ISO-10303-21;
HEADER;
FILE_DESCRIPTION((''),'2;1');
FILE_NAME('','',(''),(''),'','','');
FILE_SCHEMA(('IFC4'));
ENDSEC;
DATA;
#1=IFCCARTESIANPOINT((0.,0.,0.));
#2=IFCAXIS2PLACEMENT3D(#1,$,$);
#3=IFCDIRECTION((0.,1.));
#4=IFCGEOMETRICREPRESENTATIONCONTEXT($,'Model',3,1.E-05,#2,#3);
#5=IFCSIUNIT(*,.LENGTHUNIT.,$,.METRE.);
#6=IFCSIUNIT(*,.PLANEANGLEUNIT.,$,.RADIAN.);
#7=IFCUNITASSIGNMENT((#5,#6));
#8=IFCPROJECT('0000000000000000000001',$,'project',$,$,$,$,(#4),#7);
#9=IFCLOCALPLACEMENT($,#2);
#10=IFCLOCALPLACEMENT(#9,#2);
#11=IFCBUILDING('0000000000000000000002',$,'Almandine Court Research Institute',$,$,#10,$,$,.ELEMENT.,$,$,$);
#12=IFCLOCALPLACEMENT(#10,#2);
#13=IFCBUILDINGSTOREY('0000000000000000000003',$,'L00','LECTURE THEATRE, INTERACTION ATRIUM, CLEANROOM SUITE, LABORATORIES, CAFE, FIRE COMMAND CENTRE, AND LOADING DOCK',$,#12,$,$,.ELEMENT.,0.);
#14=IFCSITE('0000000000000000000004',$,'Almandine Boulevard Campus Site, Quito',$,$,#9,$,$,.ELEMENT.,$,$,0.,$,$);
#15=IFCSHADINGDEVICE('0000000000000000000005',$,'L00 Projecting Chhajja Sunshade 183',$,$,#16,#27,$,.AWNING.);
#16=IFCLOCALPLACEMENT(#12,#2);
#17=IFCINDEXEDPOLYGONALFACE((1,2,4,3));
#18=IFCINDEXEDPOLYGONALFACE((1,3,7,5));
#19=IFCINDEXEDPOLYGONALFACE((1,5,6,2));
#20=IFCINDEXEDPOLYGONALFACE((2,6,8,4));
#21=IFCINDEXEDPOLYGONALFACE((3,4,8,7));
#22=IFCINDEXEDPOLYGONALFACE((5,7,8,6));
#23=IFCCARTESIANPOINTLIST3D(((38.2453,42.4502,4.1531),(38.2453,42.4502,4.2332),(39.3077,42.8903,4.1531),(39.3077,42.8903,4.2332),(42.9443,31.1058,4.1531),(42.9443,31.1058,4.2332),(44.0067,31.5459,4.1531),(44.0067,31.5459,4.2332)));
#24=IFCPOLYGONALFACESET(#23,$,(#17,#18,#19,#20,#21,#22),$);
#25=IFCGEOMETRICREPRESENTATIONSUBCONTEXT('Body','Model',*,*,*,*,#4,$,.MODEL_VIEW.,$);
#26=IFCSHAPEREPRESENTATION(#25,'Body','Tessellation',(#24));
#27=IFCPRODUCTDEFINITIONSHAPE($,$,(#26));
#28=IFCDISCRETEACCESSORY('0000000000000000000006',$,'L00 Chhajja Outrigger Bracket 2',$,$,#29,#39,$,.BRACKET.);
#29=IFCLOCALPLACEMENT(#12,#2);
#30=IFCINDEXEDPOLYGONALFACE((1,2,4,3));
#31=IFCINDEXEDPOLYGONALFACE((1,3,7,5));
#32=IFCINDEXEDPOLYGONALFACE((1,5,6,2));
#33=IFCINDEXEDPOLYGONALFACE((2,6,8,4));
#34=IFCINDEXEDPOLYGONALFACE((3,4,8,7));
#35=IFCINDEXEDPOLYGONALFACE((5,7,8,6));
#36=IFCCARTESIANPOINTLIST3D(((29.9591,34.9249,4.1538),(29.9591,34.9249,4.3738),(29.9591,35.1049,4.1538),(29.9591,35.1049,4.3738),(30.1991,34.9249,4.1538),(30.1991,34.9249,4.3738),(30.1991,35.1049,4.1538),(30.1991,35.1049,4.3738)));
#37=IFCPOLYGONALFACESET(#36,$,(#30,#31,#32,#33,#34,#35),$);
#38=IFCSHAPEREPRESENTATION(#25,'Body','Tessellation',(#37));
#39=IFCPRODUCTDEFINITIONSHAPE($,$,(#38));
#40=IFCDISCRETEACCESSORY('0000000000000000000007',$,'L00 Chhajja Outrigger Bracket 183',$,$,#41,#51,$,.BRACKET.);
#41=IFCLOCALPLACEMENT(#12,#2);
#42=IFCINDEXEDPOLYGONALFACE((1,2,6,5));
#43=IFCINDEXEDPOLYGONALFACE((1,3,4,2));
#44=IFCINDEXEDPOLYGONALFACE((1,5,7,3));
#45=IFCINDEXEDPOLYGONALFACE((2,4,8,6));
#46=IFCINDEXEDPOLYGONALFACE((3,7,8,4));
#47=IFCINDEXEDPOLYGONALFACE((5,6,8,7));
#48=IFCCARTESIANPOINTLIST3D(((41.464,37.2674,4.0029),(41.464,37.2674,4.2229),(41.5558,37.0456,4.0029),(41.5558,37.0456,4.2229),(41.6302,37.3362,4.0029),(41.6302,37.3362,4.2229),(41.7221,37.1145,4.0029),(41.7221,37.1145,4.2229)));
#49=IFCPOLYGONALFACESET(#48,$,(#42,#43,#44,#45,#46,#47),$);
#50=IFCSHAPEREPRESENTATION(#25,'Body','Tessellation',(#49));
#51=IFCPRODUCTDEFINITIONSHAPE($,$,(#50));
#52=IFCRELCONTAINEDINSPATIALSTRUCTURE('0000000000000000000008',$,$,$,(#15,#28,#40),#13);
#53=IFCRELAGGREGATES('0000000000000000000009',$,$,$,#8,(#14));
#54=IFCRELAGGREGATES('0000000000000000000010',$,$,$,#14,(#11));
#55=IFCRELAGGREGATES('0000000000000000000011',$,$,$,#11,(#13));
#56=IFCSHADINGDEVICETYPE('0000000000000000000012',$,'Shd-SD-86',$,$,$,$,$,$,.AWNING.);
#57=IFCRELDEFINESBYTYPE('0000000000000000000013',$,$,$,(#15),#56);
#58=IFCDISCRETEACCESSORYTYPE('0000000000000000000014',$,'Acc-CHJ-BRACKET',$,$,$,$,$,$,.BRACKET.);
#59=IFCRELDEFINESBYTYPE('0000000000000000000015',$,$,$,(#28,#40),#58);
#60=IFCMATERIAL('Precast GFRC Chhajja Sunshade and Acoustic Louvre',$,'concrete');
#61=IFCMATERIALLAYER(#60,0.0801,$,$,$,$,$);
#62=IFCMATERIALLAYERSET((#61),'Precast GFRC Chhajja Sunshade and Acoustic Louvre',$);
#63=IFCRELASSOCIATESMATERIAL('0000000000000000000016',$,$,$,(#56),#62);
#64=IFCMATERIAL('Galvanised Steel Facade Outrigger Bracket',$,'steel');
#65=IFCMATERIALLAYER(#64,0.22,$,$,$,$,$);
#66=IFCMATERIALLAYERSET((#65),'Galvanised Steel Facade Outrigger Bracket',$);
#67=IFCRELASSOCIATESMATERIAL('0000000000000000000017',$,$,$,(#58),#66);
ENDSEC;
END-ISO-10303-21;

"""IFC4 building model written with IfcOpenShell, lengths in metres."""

from ifc_helpers import new_model, si_unit, direction, frame, origin, origin_2d, place, context, subcontext, project, spatial, rectangle, extrude, material, layer, layer_set, type_object, element, save


model = new_model("IFC4")

# Units and contexts
model_context = context("Model", 3, precision=1e-05, world=origin(), true_north=direction((0.0, 1.0)))
body_context = subcontext(model_context, "Body", "Model", "MODEL_VIEW")
ifc_project = project(units=[si_unit("LENGTHUNIT", "METRE"), si_unit("PLANEANGLEUNIT", "RADIAN")], contexts=[model_context])

# Site, building, storey
site_placement = place(None, origin())
site = spatial("IfcSite", under=ifc_project, at=site_placement, Name="Almandine Boulevard Campus Site, Quito", CompositionType="ELEMENT", RefElevation=0.0)
building_placement = place(site_placement, origin())
building = spatial("IfcBuilding", under=site, at=building_placement, Name="Almandine Court Research Institute", CompositionType="ELEMENT")
storey_placement = place(building_placement, origin())
storey = spatial("IfcBuildingStorey", under=building, at=storey_placement, Name="L00", Description="LECTURE THEATRE, INTERACTION ATRIUM, CLEANROOM SUITE, LABORATORIES, CAFE, FIRE COMMAND CENTRE, AND LOADING DOCK", CompositionType="ELEMENT", Elevation=0.0)

# Shading device
ifc_material_1 = material(Name="Precast GFRC Chhajja Sunshade and Acoustic Louvre", Category="concrete")
ifc_layer_1 = layer(ifc_material_1, 0.0801)
ifc_layer_set_1 = layer_set([ifc_layer_1], Name="Precast GFRC Chhajja Sunshade and Acoustic Louvre")
shading_device_type_1 = type_object("IfcShadingDeviceType", Name="Shd-SD-86", PredefinedType="AWNING", material=ifc_layer_set_1)
shading_device_1_placement = place(storey_placement, frame((41.126, 36.998, 4.1531), z_axis=(0.0, 0.0, 1.0), x_axis=(-0.382683, 0.92388, 0.0)))
element("IfcShadingDevice", 1, at=shading_device_1_placement, inside=storey, type_object=shading_device_type_1, Name="L00 Projecting Chhajja Sunshade 183", PredefinedType="AWNING", context=body_context, shape_type="SweptSolid", body=[
    extrude(rectangle(XDim=12.2791, YDim=1.1499, at=origin_2d()), origin(), (0.0, 0.0, 1.0), 0.0801),
])

# Discrete accessories
ifc_material_2 = material(Name="Galvanised Steel Facade Outrigger Bracket", Category="steel")
ifc_layer_2 = layer(ifc_material_2, 0.22)
ifc_layer_set_2 = layer_set([ifc_layer_2], Name="Galvanised Steel Facade Outrigger Bracket")
discrete_accessory_type = type_object("IfcDiscreteAccessoryType", Name="Acc-CHJ-BRACKET", PredefinedType="BRACKET", material=ifc_layer_set_2)
for number, where, z_axis, x_axis, name in (
    (2, (30.0791, 35.0149, 4.1538), (0.0, 0.0, 1.0), (1.0, 0.0, 0.0), "L00 Chhajja Outrigger Bracket 2"),
    (3, (41.593, 37.1909, 4.0029), (0.0, 0.0, 1.0), (-0.382683, 0.92388, 0.0), "L00 Chhajja Outrigger Bracket 183"),
):
    element("IfcDiscreteAccessory", number, at=place(storey_placement, frame(where, z_axis=z_axis, x_axis=x_axis)), inside=storey, type_object=discrete_accessory_type, Name=name, PredefinedType="BRACKET", context=body_context, shape_type="SweptSolid", body=[
        extrude(rectangle(XDim=0.24, YDim=0.1799, at=origin_2d()), origin(), (0.0, 0.0, 1.0), 0.22),
    ])

save(model, "model.ifc")
